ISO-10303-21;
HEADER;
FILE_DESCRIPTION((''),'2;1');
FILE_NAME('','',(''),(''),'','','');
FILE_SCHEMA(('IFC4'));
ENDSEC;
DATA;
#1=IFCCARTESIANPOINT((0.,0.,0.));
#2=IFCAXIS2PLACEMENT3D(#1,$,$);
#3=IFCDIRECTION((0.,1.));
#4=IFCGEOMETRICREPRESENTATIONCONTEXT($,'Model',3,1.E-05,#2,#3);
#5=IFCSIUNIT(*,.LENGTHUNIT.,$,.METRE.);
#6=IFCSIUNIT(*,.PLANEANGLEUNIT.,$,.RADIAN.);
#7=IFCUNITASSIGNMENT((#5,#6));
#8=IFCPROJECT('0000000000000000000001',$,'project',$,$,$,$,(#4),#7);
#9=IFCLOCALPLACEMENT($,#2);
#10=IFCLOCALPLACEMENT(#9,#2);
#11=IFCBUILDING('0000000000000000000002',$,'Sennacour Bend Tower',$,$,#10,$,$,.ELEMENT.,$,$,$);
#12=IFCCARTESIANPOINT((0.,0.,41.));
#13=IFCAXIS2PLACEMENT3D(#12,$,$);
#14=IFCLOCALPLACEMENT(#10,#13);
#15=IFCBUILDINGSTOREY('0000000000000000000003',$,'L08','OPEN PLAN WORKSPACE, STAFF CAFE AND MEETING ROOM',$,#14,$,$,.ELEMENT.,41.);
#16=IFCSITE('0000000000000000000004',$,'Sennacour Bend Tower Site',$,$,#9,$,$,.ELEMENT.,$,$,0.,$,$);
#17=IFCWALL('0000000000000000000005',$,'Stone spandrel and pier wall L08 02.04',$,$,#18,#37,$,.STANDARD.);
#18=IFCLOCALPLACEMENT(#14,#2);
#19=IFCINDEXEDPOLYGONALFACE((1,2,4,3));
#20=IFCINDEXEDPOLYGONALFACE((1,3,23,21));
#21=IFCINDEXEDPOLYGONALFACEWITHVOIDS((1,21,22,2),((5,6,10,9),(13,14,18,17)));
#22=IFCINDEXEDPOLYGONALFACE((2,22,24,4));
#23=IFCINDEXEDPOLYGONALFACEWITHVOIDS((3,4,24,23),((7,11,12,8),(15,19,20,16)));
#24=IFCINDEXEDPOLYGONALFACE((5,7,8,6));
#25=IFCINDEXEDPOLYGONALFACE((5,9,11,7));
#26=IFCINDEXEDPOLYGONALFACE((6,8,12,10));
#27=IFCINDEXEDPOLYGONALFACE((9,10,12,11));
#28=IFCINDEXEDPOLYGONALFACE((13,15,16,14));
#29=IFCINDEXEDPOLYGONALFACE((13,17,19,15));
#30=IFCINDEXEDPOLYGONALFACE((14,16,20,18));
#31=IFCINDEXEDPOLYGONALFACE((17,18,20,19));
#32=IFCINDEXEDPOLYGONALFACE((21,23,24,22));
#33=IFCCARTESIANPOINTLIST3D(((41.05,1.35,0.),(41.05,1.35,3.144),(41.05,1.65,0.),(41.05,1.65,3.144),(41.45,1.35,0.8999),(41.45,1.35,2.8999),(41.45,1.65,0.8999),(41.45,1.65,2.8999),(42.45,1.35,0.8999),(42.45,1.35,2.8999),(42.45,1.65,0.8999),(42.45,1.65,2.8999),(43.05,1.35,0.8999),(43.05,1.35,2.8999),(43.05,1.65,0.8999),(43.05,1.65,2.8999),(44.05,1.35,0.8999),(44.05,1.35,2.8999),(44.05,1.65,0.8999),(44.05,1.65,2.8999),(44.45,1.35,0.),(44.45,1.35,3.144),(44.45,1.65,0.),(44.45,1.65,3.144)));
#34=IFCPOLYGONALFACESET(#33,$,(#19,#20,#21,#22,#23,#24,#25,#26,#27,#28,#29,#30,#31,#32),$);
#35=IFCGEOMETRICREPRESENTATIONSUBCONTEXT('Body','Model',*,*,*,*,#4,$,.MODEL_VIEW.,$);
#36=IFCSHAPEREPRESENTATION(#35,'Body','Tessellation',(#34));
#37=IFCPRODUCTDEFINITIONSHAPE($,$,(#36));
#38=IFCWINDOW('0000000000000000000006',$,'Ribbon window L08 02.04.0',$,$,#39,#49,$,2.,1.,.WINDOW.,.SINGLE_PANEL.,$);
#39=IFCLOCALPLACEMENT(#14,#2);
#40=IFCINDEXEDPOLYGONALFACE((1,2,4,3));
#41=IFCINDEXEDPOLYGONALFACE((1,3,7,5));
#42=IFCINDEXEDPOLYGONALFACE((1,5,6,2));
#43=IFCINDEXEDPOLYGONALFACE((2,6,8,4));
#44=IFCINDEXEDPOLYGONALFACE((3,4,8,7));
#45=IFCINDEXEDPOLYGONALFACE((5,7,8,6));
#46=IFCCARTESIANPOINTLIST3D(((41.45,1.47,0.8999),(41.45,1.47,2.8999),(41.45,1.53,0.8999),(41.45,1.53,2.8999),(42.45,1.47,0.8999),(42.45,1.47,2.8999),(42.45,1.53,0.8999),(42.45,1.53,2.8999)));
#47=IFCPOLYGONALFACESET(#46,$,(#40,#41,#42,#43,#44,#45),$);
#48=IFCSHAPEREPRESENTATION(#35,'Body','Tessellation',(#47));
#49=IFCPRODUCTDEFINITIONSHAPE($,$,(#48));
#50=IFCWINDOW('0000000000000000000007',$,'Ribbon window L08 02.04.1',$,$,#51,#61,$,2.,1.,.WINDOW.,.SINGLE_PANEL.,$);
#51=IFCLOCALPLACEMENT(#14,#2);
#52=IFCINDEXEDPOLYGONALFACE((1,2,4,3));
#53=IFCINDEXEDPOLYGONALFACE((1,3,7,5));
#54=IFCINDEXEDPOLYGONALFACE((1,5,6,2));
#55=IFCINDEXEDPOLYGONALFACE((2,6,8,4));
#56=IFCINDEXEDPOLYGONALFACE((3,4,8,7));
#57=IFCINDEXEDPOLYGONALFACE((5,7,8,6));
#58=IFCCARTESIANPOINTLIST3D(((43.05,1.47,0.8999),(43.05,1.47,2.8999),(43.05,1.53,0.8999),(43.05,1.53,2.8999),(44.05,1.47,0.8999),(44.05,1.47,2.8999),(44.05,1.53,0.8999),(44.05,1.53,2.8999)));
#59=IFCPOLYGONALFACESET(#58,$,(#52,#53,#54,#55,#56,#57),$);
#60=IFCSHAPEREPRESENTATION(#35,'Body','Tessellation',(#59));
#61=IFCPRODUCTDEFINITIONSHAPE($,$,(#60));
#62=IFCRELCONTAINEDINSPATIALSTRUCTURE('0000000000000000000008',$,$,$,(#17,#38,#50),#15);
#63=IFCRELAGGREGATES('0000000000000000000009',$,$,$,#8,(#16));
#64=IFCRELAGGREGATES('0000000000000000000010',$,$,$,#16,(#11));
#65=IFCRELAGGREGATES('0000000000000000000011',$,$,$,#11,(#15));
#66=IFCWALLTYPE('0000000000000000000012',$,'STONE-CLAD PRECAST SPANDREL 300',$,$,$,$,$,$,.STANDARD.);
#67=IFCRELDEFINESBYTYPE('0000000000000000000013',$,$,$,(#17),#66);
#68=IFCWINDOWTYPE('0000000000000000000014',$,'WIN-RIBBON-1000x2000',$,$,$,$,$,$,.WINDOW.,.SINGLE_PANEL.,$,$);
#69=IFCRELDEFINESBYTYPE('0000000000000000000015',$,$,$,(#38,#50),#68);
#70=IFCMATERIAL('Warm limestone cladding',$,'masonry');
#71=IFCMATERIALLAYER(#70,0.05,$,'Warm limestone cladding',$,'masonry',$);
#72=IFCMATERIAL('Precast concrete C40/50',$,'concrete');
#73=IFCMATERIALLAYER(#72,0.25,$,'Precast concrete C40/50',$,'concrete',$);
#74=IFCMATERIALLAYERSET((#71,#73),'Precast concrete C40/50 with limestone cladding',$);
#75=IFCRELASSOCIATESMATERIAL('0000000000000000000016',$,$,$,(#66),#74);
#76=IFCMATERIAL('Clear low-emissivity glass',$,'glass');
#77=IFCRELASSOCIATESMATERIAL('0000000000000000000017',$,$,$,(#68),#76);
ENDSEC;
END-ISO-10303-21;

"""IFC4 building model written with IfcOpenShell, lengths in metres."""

from ifc_helpers import new_model, si_unit, direction, frame, frame_2d, origin, place, context, subcontext, project, spatial, rectangle, extrude, material, layer, layer_set, type_object, element, fill, save


model = new_model("IFC4")

# Units and contexts
model_context = context("Model", 3, precision=1e-05, world=origin(), true_north=direction((0.0, 1.0)))
body_context = subcontext(model_context, "Body", "Model", "MODEL_VIEW")
ifc_project = project(units=[si_unit("LENGTHUNIT", "METRE"), si_unit("PLANEANGLEUNIT", "RADIAN")], contexts=[model_context])

# Site, building, storey
site_placement = place(None, origin())
site = spatial("IfcSite", under=ifc_project, at=site_placement, Name="Sennacour Bend Tower Site", CompositionType="ELEMENT", RefElevation=0.0)
building_placement = place(site_placement, origin())
building = spatial("IfcBuilding", under=site, at=building_placement, Name="Sennacour Bend Tower", CompositionType="ELEMENT")
storey_placement = place(building_placement, frame((0.0, 0.0, 41.0)))
storey = spatial("IfcBuildingStorey", under=building, at=storey_placement, Name="L08", Description="OPEN PLAN WORKSPACE, STAFF CAFE AND MEETING ROOM", CompositionType="ELEMENT", Elevation=41.0)

# Wall, openings, windows
ifc_material_1 = material(Name="Warm limestone cladding", Category="masonry")
ifc_layer_1 = layer(ifc_material_1, 0.05, Name="Warm limestone cladding", Category="masonry")
ifc_material_2 = material(Name="Precast concrete C40/50", Category="concrete")
ifc_layer_2 = layer(ifc_material_2, 0.25, Name="Precast concrete C40/50", Category="concrete")
ifc_layer_set_1 = layer_set([ifc_layer_1, ifc_layer_2], Name="Precast concrete C40/50 with limestone cladding")
wall_type_1 = type_object("IfcWallType", Name="STONE-CLAD PRECAST SPANDREL 300", PredefinedType="STANDARD", material=ifc_layer_set_1)
ifc_material_3 = material(Name="Clear low-emissivity glass", Category="glass")
window_type = type_object("IfcWindowType", Name="WIN-RIBBON-1000x2000", PartitioningType="SINGLE_PANEL", PredefinedType="WINDOW", material=ifc_material_3)
wall_1_placement = place(storey_placement, frame((41.05, 1.5, 0.0), z_axis=(0.0, 0.0, 1.0), x_axis=(1.0, 0.0, 0.0)))
wall_1 = element("IfcWall", 1, at=wall_1_placement, inside=storey, type_object=wall_type_1, Name="Stone spandrel and pier wall L08 02.04", PredefinedType="STANDARD", context=body_context, shape_type="SweptSolid", body=[
    extrude(rectangle(XDim=3.3999, YDim=0.3, at=frame_2d((1.7, 0.0))), origin(), (0.0, 0.0, 1.0), 3.144),
])
opening_1_placement = place(wall_1_placement, frame((0.3999, 0.0, 0.8999)))
opening_1 = element("IfcOpeningElement", 2, at=opening_1_placement, cuts=wall_1, PredefinedType="OPENING", context=body_context, shape_type="SweptSolid", body=[
    extrude(rectangle(XDim=1.0, YDim=2.0, at=frame_2d((0.5, 1.0))), frame((0.0, 0.1602, 0.0), z_axis=(0.0, -1.0, 0.0), x_axis=(1.0, 0.0, 0.0)), (0.0, 0.0, 1.0), 0.3201),
])
opening_2_placement = place(wall_1_placement, frame((2.0, 0.0, 0.8999)))
opening_2 = element("IfcOpeningElement", 3, at=opening_2_placement, cuts=wall_1, PredefinedType="OPENING", context=body_context, shape_type="SweptSolid", body=[
    extrude(rectangle(XDim=1.0, YDim=2.0, at=frame_2d((0.5, 1.0))), frame((0.0, 0.1602, 0.0), z_axis=(0.0, -1.0, 0.0), x_axis=(1.0, 0.0, 0.0)), (0.0, 0.0, 1.0), 0.3201),
])
window_1_placement = place(opening_1_placement, origin())
window_1 = element("IfcWindow", 4, at=window_1_placement, inside=storey, type_object=window_type, Name="Ribbon window L08 02.04.0", OverallHeight=2.0, OverallWidth=1.0, PartitioningType="SINGLE_PANEL", PredefinedType="WINDOW", context=body_context, shape_type="SweptSolid", body=[
    extrude(rectangle(XDim=1.0, YDim=2.0, at=frame_2d((0.5, 1.0))), frame((0.0, 0.03, 0.0), z_axis=(0.0, -1.0, 0.0), x_axis=(1.0, 0.0, 0.0)), (0.0, 0.0, 1.0), 0.0601),
])
fill(opening_1, window_1)
window_2_placement = place(opening_2_placement, origin())
window_2 = element("IfcWindow", 5, at=window_2_placement, inside=storey, type_object=window_type, Name="Ribbon window L08 02.04.1", OverallHeight=2.0, OverallWidth=1.0, PartitioningType="SINGLE_PANEL", PredefinedType="WINDOW", context=body_context, shape_type="SweptSolid", body=[
    extrude(rectangle(XDim=1.0, YDim=2.0, at=frame_2d((0.5, 1.0))), frame((0.0, 0.03, 0.0), z_axis=(0.0, -1.0, 0.0), x_axis=(1.0, 0.0, 0.0)), (0.0, 0.0, 1.0), 0.0601),
])
fill(opening_2, window_2)

save(model, "model.ifc")
